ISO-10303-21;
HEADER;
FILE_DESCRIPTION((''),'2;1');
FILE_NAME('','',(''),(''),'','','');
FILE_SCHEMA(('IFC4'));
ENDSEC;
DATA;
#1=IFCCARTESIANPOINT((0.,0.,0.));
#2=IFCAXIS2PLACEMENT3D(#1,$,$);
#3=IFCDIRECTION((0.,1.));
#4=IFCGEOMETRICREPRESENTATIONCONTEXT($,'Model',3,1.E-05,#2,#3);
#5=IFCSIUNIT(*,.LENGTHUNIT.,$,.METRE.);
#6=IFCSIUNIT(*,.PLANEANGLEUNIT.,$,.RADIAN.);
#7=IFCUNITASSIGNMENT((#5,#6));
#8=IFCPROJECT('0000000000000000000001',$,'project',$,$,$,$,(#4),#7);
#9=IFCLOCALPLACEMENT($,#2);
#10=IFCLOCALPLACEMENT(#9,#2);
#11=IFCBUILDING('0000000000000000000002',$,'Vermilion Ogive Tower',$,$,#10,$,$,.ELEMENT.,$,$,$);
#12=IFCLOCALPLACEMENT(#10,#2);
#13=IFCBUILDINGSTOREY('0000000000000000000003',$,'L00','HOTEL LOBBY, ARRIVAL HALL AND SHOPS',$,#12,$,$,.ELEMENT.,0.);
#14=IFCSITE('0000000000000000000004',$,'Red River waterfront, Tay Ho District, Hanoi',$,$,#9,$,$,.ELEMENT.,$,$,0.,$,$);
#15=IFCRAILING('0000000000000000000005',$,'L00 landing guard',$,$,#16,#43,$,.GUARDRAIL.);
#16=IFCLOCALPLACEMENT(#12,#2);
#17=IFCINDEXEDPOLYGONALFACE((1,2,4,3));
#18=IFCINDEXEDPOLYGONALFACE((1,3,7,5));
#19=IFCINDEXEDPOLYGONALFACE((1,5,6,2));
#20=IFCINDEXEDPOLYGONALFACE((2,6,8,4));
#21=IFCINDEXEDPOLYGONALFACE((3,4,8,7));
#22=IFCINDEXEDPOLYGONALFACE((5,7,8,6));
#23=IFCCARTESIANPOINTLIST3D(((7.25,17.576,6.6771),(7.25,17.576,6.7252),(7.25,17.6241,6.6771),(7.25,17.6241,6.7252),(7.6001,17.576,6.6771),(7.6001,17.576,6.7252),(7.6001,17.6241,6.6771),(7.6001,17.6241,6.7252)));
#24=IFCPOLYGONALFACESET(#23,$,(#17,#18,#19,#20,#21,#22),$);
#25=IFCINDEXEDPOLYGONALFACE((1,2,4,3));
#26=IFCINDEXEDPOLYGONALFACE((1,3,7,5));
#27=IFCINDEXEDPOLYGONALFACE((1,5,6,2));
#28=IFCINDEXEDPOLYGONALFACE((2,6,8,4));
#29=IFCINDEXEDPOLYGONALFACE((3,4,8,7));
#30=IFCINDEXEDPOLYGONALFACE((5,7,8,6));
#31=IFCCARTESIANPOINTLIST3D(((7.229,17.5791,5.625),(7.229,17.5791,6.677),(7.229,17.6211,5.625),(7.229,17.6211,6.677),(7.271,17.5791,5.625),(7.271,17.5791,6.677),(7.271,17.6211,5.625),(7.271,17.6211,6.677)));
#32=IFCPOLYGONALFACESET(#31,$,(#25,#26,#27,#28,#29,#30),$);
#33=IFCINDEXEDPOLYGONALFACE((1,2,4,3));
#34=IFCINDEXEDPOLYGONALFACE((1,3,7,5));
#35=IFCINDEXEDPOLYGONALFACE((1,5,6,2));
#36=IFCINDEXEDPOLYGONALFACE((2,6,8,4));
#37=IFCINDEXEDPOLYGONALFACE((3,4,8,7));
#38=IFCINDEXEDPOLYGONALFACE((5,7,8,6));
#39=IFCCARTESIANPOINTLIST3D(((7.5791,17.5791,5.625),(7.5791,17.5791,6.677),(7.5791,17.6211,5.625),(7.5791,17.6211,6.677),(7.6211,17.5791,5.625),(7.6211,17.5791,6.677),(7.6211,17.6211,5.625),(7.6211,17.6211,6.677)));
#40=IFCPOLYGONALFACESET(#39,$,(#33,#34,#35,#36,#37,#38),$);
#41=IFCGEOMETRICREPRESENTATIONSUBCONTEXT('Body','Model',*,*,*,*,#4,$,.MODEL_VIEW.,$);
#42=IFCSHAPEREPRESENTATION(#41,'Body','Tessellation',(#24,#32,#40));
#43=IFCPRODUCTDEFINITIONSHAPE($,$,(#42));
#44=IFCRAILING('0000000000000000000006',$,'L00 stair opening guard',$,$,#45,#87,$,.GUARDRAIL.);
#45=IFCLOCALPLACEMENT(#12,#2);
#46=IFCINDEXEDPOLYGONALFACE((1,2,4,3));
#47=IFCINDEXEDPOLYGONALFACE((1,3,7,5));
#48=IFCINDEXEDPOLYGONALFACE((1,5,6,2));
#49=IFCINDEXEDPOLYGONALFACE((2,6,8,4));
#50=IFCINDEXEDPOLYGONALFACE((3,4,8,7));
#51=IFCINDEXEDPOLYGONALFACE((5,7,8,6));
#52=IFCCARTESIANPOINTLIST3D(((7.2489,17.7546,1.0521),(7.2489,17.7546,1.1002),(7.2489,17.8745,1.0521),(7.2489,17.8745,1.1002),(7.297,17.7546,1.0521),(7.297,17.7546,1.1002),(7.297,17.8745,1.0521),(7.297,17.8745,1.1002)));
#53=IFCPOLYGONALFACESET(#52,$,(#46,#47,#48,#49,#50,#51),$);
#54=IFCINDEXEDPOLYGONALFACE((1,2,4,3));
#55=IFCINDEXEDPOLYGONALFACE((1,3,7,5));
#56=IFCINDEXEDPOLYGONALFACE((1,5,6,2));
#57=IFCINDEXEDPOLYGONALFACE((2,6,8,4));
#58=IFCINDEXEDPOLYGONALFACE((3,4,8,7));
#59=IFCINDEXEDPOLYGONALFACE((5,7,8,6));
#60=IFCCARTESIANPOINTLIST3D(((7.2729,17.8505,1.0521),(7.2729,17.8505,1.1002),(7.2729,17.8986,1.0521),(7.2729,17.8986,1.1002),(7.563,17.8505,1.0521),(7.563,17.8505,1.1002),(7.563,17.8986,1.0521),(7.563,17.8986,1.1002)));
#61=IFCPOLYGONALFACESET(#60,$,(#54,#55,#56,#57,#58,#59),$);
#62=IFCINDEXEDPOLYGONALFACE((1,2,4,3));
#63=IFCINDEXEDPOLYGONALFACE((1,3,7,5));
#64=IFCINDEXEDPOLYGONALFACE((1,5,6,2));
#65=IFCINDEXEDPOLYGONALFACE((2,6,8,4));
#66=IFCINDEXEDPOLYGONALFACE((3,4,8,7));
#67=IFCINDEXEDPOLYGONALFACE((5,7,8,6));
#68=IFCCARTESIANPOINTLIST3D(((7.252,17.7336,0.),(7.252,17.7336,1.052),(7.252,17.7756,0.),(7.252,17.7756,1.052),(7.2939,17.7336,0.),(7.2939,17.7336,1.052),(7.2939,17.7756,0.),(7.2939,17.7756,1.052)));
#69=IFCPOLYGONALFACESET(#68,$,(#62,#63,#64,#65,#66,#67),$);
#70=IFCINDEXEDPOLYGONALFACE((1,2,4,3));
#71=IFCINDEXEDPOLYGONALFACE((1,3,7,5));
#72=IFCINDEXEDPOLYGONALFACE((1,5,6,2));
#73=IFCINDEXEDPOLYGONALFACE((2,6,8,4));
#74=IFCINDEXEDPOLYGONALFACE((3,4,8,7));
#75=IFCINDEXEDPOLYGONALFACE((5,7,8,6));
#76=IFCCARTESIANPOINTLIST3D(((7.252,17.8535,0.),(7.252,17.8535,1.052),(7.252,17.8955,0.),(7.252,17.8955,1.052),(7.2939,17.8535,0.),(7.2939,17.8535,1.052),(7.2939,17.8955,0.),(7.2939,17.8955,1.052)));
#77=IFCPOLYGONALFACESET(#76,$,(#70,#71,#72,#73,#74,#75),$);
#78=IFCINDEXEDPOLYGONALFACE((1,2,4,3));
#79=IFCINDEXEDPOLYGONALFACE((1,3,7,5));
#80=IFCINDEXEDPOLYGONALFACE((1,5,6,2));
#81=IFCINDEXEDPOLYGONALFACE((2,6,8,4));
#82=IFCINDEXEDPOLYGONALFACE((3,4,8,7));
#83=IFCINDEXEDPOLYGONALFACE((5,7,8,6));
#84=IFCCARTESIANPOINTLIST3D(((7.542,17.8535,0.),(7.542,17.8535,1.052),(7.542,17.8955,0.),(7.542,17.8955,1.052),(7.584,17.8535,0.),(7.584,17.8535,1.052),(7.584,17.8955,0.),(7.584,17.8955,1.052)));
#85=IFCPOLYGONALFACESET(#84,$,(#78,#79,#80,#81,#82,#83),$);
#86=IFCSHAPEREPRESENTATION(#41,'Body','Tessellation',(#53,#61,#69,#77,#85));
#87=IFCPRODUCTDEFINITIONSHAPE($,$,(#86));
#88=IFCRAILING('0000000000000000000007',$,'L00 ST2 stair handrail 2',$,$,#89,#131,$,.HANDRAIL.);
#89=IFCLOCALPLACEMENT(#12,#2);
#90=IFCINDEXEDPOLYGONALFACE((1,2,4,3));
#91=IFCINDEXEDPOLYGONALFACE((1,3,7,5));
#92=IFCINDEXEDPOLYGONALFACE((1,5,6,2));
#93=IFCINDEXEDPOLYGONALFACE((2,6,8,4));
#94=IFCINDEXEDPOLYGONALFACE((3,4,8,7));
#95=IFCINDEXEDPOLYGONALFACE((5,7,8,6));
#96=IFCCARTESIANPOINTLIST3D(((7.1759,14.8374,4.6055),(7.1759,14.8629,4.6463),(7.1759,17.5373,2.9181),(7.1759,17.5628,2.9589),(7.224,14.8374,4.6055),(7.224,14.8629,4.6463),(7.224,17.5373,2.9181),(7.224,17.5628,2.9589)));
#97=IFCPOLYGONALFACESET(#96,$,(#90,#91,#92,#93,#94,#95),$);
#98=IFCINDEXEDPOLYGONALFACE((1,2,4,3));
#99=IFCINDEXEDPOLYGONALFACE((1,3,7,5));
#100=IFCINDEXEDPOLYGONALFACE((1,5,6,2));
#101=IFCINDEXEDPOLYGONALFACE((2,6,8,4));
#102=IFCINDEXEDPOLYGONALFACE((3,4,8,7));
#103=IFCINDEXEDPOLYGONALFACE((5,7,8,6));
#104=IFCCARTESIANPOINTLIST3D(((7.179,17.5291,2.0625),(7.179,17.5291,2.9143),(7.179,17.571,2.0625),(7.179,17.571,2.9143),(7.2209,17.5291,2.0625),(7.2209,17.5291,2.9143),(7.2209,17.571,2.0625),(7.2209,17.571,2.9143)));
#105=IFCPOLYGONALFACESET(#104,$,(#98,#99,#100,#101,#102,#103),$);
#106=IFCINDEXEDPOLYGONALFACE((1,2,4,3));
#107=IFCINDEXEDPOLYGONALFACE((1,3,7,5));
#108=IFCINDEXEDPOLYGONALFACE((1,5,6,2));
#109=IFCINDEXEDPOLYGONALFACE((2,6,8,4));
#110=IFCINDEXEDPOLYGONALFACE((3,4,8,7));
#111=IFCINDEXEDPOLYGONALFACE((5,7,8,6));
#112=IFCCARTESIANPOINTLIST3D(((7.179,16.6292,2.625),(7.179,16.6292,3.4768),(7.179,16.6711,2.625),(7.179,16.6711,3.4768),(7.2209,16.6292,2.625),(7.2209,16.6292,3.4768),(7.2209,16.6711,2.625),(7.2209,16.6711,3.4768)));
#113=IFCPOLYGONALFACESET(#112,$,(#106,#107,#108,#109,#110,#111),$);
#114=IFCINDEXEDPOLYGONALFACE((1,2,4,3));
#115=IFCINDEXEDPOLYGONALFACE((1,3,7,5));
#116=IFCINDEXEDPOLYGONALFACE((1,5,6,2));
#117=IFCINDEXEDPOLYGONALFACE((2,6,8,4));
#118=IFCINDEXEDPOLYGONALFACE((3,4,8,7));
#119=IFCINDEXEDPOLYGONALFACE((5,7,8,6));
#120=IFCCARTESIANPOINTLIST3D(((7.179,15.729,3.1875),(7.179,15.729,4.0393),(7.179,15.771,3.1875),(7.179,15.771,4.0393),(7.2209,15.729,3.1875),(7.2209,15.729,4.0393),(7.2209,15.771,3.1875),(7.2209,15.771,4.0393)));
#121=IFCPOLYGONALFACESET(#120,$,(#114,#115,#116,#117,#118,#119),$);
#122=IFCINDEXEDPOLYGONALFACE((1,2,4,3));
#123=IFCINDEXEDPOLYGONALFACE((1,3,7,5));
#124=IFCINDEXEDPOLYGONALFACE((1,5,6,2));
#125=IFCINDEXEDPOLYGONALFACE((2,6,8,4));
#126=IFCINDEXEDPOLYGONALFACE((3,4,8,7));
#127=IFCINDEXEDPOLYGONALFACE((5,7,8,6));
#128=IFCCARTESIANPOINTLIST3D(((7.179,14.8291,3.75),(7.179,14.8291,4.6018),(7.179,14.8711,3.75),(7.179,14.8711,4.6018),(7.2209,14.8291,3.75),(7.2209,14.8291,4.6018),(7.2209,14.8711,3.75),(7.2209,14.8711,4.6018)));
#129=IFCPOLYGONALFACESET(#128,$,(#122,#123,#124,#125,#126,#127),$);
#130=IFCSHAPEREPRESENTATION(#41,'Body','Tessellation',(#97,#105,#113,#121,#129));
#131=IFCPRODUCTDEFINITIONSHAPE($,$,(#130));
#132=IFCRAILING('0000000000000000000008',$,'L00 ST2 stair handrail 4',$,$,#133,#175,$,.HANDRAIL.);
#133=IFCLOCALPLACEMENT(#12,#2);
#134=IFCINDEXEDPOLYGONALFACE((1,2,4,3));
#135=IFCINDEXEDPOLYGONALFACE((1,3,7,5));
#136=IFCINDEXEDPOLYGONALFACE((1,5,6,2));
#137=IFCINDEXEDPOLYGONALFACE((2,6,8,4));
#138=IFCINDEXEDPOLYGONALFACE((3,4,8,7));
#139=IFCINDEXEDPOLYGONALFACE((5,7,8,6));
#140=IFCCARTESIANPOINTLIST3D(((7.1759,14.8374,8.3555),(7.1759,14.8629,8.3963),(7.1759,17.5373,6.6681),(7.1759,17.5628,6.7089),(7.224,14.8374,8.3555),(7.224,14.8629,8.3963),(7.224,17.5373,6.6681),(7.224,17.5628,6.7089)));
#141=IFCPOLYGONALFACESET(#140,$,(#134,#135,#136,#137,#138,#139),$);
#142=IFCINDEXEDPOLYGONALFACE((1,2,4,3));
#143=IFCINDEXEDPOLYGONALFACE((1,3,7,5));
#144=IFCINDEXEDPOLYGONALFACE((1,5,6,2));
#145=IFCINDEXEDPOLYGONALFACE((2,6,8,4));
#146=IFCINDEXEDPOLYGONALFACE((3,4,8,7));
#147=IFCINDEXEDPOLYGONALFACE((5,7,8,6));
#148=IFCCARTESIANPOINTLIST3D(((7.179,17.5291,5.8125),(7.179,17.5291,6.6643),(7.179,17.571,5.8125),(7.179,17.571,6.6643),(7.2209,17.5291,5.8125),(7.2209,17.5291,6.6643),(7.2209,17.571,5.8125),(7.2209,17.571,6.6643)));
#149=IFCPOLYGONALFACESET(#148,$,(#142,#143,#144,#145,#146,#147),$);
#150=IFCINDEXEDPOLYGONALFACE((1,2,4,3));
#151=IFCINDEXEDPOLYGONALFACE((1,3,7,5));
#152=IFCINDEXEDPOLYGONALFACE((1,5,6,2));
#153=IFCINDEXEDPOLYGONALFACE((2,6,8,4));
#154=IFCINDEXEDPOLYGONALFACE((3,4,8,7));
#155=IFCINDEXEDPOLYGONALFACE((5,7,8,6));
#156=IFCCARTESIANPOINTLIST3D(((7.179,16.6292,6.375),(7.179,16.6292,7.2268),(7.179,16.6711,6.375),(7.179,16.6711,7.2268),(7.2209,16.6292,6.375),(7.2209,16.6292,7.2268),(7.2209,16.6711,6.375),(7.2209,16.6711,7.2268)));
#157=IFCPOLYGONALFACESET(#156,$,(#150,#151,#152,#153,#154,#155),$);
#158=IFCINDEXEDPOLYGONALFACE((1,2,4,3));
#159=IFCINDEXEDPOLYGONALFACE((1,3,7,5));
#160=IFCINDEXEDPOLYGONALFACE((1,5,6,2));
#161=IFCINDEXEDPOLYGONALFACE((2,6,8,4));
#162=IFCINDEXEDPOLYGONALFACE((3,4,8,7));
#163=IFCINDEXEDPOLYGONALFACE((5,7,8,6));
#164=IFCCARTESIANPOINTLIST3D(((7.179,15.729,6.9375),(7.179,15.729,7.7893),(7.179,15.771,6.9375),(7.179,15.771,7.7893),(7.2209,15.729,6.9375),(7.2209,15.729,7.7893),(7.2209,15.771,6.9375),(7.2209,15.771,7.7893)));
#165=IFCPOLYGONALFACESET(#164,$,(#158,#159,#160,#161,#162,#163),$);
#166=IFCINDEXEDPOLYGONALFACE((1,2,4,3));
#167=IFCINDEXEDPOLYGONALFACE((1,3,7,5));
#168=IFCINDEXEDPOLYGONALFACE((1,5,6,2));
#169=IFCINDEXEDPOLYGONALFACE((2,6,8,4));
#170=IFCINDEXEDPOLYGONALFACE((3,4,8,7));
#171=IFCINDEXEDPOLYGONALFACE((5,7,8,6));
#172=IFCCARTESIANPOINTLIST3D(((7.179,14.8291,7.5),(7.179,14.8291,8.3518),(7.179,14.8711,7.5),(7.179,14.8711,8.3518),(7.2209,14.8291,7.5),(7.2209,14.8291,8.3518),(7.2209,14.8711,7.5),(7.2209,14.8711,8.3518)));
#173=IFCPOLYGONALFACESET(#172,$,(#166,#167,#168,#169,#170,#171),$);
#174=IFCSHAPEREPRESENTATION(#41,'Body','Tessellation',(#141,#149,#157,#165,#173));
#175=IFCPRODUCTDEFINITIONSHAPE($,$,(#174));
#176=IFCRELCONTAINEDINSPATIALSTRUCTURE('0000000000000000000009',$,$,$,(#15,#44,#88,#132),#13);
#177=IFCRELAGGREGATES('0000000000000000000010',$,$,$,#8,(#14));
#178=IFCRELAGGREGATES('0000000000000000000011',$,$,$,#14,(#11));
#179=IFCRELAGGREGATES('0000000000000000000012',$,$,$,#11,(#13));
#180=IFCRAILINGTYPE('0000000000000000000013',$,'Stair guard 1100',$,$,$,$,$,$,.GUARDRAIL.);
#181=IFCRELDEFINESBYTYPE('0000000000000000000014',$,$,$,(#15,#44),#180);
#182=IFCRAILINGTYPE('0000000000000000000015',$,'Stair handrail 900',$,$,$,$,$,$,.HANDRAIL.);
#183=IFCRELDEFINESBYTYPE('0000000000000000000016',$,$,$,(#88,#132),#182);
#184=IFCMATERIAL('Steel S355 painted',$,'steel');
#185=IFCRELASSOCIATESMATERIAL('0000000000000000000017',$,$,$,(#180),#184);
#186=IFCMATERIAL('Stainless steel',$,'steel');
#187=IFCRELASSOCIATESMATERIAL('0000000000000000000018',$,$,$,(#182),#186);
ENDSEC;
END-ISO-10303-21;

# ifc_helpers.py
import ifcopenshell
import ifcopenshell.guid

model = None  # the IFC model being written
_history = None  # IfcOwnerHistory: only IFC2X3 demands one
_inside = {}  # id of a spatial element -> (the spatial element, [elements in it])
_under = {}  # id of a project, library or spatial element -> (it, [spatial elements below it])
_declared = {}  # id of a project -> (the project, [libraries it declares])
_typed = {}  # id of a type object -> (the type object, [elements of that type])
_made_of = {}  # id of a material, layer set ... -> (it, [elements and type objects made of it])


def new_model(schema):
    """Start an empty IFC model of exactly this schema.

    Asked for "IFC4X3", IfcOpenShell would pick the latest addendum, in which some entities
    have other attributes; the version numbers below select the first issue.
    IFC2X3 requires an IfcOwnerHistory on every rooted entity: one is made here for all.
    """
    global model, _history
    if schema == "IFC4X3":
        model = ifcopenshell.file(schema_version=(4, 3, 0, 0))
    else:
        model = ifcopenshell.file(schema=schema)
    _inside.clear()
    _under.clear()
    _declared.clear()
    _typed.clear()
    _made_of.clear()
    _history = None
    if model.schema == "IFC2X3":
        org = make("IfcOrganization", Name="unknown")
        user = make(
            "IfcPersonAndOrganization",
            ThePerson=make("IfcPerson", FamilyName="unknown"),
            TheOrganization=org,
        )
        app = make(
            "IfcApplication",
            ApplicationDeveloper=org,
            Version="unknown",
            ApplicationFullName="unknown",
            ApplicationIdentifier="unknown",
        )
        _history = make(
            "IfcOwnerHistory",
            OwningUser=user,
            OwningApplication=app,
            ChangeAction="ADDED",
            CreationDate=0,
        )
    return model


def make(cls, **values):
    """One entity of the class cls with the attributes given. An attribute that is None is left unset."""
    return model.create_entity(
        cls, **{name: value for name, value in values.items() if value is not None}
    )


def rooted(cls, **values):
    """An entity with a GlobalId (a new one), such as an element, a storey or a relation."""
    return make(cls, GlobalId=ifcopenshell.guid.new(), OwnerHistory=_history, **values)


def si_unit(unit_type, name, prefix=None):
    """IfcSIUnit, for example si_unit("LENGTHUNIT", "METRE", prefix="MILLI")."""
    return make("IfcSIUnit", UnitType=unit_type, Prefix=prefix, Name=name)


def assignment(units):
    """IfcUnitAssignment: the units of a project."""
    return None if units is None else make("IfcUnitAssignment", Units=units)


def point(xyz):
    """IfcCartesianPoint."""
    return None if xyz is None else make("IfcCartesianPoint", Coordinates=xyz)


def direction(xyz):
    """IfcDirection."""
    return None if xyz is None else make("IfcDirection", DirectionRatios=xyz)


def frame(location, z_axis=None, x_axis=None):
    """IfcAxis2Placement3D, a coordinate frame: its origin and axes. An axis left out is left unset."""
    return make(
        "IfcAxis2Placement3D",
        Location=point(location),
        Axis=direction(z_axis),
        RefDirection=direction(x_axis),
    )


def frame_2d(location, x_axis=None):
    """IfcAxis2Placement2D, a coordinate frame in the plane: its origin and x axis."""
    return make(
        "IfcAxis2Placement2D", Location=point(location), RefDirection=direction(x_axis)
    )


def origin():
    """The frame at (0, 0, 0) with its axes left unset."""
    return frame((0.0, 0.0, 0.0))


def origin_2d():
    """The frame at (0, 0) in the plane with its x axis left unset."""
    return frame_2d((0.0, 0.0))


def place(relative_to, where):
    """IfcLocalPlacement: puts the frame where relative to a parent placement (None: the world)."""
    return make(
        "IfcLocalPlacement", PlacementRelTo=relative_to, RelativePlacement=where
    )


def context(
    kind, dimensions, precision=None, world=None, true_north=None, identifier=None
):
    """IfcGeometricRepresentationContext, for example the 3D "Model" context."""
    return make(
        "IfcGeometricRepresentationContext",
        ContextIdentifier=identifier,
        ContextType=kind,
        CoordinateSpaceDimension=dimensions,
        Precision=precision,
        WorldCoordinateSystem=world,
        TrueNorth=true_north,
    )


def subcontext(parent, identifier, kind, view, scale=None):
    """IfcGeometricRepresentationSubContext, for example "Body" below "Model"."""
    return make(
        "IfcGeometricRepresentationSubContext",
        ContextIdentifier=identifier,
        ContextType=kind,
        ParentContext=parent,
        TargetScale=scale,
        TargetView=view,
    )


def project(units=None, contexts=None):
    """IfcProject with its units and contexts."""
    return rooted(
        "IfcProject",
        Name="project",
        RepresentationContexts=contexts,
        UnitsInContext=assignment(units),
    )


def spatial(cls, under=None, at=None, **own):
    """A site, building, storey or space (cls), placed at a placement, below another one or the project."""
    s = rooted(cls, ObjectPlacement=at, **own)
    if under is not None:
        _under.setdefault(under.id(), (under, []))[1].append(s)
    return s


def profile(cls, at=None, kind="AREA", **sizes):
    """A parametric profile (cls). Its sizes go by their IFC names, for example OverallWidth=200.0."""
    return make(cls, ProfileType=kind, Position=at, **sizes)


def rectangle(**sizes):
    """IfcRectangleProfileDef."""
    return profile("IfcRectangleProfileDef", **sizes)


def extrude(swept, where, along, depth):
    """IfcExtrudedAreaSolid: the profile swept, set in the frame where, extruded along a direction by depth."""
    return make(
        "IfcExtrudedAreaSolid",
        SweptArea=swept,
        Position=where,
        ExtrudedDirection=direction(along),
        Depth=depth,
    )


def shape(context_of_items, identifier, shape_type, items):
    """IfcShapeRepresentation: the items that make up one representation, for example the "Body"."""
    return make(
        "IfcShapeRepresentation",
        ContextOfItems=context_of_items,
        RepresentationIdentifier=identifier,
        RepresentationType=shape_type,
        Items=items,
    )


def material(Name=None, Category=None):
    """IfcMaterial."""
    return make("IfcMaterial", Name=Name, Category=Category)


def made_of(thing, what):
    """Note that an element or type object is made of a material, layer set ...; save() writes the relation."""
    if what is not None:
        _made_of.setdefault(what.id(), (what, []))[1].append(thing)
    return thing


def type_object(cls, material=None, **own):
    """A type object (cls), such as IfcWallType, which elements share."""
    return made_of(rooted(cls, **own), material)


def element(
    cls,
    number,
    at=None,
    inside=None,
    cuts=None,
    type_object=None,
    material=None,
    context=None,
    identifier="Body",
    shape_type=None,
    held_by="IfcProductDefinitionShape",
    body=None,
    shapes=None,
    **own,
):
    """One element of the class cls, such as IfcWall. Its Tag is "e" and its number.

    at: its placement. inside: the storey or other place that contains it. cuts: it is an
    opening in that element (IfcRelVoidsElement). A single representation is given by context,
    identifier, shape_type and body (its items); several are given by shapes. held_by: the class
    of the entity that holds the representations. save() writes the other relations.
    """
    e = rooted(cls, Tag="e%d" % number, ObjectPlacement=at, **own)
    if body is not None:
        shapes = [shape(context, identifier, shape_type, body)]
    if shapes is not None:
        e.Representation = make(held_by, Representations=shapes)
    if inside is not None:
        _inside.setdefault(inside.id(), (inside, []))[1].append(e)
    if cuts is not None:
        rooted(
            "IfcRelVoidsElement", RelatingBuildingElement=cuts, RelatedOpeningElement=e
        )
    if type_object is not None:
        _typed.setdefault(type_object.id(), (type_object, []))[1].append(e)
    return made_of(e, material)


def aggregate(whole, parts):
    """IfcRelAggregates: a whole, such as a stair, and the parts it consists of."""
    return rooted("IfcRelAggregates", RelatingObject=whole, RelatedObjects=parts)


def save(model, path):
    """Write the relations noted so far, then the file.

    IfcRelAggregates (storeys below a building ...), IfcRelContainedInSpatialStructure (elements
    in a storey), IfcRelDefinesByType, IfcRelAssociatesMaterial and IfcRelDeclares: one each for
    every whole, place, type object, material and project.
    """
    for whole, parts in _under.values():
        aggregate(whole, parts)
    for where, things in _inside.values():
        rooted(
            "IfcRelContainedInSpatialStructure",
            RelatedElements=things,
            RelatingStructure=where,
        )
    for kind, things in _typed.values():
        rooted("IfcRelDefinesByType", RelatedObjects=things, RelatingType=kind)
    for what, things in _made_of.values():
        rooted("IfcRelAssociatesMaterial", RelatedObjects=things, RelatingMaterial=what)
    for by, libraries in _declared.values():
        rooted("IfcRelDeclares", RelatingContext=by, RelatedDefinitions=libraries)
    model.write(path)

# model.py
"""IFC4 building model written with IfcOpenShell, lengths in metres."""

from ifc_helpers import new_model, si_unit, direction, frame, origin, origin_2d, place, context, subcontext, project, spatial, rectangle, extrude, material, type_object, element, save


model = new_model("IFC4")

# Units and contexts
model_context = context("Model", 3, precision=1e-05, world=origin(), true_north=direction((0.0, 1.0)))
body_context = subcontext(model_context, "Body", "Model", "MODEL_VIEW")
ifc_project = project(units=[si_unit("LENGTHUNIT", "METRE"), si_unit("PLANEANGLEUNIT", "RADIAN")], contexts=[model_context])

# Site, building, storey
site_placement = place(None, origin())
site = spatial("IfcSite", under=ifc_project, at=site_placement, Name="Red River waterfront, Tay Ho District, Hanoi", CompositionType="ELEMENT", RefElevation=0.0)
building_placement = place(site_placement, origin())
building = spatial("IfcBuilding", under=site, at=building_placement, Name="Vermilion Ogive Tower", CompositionType="ELEMENT")
storey_placement = place(building_placement, origin())
storey = spatial("IfcBuildingStorey", under=building, at=storey_placement, Name="L00", Description="HOTEL LOBBY, ARRIVAL HALL AND SHOPS", CompositionType="ELEMENT", Elevation=0.0)

# Railings
ifc_material_1 = material(Name="Steel S355 painted", Category="steel")
railing_type_1 = type_object("IfcRailingType", Name="Stair guard 1100", PredefinedType="GUARDRAIL", material=ifc_material_1)
for number, where, name in (
    (1, (7.25, 17.6001, 5.625), "L00 landing guard"),
):
    element("IfcRailing", number, at=place(storey_placement, frame(where)), inside=storey, type_object=railing_type_1, Name=name, PredefinedType="GUARDRAIL", context=body_context, shape_type="SweptSolid", body=[
        extrude(rectangle(XDim=0.0481, YDim=0.0481, at=origin_2d()), frame((0.0, 0.0, 1.0762), z_axis=(1.0, 0.0, 0.0), x_axis=(0.0, 1.0, 0.0)), (0.0, 0.0, 1.0), 0.3501),
        extrude(rectangle(XDim=0.042, YDim=0.042, at=origin_2d()), origin(), (0.0, 0.0, 1.0), 1.052),
        extrude(rectangle(XDim=0.042, YDim=0.042, at=origin_2d()), frame((0.3501, 0.0, 0.0)), (0.0, 0.0, 1.0), 1.052),
    ])
railing_1_placement = place(storey_placement, frame((7.2729, 17.7546, 0.0)))
element("IfcRailing", 2, at=railing_1_placement, inside=storey, type_object=railing_type_1, Name="L00 stair opening guard", PredefinedType="GUARDRAIL", context=body_context, shape_type="SweptSolid", body=[
    extrude(rectangle(XDim=0.0481, YDim=0.0481, at=origin_2d()), frame((0.0, 0.0, 1.0762), z_axis=(0.0, 1.0, 0.0), x_axis=(-1.0, 0.0, 0.0)), (0.0, 0.0, 1.0), 0.1199),
    extrude(rectangle(XDim=0.0481, YDim=0.0481, at=origin_2d()), frame((0.0, 0.1199, 1.0762), z_axis=(1.0, 0.0, 0.0), x_axis=(0.0, 1.0, 0.0)), (0.0, 0.0, 1.0), 0.29),
    extrude(rectangle(XDim=0.042, YDim=0.042, at=origin_2d()), origin(), (0.0, 0.0, 1.0), 1.052),
    extrude(rectangle(XDim=0.042, YDim=0.042, at=origin_2d()), frame((0.0, 0.1199, 0.0)), (0.0, 0.0, 1.0), 1.052),
    extrude(rectangle(XDim=0.042, YDim=0.042, at=origin_2d()), frame((0.29, 0.1199, 0.0)), (0.0, 0.0, 1.0), 1.052),
])
ifc_material_2 = material(Name="Stainless steel", Category="steel")
railing_type_2 = type_object("IfcRailingType", Name="Stair handrail 900", PredefinedType="HANDRAIL", material=ifc_material_2)
for number, where, name in (
    (3, (7.2, 17.55, 2.0625), "L00 ST2 stair handrail 2"),
    (4, (7.2, 17.55, 5.8125), "L00 ST2 stair handrail 4"),
):
    element("IfcRailing", number, at=place(storey_placement, frame(where)), inside=storey, type_object=railing_type_2, Name=name, PredefinedType="HANDRAIL", context=body_context, shape_type="SweptSolid", body=[
        extrude(rectangle(XDim=0.0481, YDim=0.0481, at=origin_2d()), frame((0.0, 0.0, 0.876), z_axis=(0.0, -0.847994, 0.530006), x_axis=(1.0, 0.0, 0.0)), (0.0, 0.0, 1.0), 3.1838),
        extrude(rectangle(XDim=0.042, YDim=0.042, at=origin_2d()), origin(), (0.0, 0.0, 1.0), 0.8518),
        extrude(rectangle(XDim=0.042, YDim=0.042, at=origin_2d()), frame((0.0, -0.8999, 0.5625)), (0.0, 0.0, 1.0), 0.8518),
        extrude(rectangle(XDim=0.042, YDim=0.042, at=origin_2d()), frame((0.0, -1.8, 1.125)), (0.0, 0.0, 1.0), 0.8518),
        extrude(rectangle(XDim=0.042, YDim=0.042, at=origin_2d()), frame((0.0, -2.7, 1.6875)), (0.0, 0.0, 1.0), 0.8518),
    ])

save(model, "model.ifc")
